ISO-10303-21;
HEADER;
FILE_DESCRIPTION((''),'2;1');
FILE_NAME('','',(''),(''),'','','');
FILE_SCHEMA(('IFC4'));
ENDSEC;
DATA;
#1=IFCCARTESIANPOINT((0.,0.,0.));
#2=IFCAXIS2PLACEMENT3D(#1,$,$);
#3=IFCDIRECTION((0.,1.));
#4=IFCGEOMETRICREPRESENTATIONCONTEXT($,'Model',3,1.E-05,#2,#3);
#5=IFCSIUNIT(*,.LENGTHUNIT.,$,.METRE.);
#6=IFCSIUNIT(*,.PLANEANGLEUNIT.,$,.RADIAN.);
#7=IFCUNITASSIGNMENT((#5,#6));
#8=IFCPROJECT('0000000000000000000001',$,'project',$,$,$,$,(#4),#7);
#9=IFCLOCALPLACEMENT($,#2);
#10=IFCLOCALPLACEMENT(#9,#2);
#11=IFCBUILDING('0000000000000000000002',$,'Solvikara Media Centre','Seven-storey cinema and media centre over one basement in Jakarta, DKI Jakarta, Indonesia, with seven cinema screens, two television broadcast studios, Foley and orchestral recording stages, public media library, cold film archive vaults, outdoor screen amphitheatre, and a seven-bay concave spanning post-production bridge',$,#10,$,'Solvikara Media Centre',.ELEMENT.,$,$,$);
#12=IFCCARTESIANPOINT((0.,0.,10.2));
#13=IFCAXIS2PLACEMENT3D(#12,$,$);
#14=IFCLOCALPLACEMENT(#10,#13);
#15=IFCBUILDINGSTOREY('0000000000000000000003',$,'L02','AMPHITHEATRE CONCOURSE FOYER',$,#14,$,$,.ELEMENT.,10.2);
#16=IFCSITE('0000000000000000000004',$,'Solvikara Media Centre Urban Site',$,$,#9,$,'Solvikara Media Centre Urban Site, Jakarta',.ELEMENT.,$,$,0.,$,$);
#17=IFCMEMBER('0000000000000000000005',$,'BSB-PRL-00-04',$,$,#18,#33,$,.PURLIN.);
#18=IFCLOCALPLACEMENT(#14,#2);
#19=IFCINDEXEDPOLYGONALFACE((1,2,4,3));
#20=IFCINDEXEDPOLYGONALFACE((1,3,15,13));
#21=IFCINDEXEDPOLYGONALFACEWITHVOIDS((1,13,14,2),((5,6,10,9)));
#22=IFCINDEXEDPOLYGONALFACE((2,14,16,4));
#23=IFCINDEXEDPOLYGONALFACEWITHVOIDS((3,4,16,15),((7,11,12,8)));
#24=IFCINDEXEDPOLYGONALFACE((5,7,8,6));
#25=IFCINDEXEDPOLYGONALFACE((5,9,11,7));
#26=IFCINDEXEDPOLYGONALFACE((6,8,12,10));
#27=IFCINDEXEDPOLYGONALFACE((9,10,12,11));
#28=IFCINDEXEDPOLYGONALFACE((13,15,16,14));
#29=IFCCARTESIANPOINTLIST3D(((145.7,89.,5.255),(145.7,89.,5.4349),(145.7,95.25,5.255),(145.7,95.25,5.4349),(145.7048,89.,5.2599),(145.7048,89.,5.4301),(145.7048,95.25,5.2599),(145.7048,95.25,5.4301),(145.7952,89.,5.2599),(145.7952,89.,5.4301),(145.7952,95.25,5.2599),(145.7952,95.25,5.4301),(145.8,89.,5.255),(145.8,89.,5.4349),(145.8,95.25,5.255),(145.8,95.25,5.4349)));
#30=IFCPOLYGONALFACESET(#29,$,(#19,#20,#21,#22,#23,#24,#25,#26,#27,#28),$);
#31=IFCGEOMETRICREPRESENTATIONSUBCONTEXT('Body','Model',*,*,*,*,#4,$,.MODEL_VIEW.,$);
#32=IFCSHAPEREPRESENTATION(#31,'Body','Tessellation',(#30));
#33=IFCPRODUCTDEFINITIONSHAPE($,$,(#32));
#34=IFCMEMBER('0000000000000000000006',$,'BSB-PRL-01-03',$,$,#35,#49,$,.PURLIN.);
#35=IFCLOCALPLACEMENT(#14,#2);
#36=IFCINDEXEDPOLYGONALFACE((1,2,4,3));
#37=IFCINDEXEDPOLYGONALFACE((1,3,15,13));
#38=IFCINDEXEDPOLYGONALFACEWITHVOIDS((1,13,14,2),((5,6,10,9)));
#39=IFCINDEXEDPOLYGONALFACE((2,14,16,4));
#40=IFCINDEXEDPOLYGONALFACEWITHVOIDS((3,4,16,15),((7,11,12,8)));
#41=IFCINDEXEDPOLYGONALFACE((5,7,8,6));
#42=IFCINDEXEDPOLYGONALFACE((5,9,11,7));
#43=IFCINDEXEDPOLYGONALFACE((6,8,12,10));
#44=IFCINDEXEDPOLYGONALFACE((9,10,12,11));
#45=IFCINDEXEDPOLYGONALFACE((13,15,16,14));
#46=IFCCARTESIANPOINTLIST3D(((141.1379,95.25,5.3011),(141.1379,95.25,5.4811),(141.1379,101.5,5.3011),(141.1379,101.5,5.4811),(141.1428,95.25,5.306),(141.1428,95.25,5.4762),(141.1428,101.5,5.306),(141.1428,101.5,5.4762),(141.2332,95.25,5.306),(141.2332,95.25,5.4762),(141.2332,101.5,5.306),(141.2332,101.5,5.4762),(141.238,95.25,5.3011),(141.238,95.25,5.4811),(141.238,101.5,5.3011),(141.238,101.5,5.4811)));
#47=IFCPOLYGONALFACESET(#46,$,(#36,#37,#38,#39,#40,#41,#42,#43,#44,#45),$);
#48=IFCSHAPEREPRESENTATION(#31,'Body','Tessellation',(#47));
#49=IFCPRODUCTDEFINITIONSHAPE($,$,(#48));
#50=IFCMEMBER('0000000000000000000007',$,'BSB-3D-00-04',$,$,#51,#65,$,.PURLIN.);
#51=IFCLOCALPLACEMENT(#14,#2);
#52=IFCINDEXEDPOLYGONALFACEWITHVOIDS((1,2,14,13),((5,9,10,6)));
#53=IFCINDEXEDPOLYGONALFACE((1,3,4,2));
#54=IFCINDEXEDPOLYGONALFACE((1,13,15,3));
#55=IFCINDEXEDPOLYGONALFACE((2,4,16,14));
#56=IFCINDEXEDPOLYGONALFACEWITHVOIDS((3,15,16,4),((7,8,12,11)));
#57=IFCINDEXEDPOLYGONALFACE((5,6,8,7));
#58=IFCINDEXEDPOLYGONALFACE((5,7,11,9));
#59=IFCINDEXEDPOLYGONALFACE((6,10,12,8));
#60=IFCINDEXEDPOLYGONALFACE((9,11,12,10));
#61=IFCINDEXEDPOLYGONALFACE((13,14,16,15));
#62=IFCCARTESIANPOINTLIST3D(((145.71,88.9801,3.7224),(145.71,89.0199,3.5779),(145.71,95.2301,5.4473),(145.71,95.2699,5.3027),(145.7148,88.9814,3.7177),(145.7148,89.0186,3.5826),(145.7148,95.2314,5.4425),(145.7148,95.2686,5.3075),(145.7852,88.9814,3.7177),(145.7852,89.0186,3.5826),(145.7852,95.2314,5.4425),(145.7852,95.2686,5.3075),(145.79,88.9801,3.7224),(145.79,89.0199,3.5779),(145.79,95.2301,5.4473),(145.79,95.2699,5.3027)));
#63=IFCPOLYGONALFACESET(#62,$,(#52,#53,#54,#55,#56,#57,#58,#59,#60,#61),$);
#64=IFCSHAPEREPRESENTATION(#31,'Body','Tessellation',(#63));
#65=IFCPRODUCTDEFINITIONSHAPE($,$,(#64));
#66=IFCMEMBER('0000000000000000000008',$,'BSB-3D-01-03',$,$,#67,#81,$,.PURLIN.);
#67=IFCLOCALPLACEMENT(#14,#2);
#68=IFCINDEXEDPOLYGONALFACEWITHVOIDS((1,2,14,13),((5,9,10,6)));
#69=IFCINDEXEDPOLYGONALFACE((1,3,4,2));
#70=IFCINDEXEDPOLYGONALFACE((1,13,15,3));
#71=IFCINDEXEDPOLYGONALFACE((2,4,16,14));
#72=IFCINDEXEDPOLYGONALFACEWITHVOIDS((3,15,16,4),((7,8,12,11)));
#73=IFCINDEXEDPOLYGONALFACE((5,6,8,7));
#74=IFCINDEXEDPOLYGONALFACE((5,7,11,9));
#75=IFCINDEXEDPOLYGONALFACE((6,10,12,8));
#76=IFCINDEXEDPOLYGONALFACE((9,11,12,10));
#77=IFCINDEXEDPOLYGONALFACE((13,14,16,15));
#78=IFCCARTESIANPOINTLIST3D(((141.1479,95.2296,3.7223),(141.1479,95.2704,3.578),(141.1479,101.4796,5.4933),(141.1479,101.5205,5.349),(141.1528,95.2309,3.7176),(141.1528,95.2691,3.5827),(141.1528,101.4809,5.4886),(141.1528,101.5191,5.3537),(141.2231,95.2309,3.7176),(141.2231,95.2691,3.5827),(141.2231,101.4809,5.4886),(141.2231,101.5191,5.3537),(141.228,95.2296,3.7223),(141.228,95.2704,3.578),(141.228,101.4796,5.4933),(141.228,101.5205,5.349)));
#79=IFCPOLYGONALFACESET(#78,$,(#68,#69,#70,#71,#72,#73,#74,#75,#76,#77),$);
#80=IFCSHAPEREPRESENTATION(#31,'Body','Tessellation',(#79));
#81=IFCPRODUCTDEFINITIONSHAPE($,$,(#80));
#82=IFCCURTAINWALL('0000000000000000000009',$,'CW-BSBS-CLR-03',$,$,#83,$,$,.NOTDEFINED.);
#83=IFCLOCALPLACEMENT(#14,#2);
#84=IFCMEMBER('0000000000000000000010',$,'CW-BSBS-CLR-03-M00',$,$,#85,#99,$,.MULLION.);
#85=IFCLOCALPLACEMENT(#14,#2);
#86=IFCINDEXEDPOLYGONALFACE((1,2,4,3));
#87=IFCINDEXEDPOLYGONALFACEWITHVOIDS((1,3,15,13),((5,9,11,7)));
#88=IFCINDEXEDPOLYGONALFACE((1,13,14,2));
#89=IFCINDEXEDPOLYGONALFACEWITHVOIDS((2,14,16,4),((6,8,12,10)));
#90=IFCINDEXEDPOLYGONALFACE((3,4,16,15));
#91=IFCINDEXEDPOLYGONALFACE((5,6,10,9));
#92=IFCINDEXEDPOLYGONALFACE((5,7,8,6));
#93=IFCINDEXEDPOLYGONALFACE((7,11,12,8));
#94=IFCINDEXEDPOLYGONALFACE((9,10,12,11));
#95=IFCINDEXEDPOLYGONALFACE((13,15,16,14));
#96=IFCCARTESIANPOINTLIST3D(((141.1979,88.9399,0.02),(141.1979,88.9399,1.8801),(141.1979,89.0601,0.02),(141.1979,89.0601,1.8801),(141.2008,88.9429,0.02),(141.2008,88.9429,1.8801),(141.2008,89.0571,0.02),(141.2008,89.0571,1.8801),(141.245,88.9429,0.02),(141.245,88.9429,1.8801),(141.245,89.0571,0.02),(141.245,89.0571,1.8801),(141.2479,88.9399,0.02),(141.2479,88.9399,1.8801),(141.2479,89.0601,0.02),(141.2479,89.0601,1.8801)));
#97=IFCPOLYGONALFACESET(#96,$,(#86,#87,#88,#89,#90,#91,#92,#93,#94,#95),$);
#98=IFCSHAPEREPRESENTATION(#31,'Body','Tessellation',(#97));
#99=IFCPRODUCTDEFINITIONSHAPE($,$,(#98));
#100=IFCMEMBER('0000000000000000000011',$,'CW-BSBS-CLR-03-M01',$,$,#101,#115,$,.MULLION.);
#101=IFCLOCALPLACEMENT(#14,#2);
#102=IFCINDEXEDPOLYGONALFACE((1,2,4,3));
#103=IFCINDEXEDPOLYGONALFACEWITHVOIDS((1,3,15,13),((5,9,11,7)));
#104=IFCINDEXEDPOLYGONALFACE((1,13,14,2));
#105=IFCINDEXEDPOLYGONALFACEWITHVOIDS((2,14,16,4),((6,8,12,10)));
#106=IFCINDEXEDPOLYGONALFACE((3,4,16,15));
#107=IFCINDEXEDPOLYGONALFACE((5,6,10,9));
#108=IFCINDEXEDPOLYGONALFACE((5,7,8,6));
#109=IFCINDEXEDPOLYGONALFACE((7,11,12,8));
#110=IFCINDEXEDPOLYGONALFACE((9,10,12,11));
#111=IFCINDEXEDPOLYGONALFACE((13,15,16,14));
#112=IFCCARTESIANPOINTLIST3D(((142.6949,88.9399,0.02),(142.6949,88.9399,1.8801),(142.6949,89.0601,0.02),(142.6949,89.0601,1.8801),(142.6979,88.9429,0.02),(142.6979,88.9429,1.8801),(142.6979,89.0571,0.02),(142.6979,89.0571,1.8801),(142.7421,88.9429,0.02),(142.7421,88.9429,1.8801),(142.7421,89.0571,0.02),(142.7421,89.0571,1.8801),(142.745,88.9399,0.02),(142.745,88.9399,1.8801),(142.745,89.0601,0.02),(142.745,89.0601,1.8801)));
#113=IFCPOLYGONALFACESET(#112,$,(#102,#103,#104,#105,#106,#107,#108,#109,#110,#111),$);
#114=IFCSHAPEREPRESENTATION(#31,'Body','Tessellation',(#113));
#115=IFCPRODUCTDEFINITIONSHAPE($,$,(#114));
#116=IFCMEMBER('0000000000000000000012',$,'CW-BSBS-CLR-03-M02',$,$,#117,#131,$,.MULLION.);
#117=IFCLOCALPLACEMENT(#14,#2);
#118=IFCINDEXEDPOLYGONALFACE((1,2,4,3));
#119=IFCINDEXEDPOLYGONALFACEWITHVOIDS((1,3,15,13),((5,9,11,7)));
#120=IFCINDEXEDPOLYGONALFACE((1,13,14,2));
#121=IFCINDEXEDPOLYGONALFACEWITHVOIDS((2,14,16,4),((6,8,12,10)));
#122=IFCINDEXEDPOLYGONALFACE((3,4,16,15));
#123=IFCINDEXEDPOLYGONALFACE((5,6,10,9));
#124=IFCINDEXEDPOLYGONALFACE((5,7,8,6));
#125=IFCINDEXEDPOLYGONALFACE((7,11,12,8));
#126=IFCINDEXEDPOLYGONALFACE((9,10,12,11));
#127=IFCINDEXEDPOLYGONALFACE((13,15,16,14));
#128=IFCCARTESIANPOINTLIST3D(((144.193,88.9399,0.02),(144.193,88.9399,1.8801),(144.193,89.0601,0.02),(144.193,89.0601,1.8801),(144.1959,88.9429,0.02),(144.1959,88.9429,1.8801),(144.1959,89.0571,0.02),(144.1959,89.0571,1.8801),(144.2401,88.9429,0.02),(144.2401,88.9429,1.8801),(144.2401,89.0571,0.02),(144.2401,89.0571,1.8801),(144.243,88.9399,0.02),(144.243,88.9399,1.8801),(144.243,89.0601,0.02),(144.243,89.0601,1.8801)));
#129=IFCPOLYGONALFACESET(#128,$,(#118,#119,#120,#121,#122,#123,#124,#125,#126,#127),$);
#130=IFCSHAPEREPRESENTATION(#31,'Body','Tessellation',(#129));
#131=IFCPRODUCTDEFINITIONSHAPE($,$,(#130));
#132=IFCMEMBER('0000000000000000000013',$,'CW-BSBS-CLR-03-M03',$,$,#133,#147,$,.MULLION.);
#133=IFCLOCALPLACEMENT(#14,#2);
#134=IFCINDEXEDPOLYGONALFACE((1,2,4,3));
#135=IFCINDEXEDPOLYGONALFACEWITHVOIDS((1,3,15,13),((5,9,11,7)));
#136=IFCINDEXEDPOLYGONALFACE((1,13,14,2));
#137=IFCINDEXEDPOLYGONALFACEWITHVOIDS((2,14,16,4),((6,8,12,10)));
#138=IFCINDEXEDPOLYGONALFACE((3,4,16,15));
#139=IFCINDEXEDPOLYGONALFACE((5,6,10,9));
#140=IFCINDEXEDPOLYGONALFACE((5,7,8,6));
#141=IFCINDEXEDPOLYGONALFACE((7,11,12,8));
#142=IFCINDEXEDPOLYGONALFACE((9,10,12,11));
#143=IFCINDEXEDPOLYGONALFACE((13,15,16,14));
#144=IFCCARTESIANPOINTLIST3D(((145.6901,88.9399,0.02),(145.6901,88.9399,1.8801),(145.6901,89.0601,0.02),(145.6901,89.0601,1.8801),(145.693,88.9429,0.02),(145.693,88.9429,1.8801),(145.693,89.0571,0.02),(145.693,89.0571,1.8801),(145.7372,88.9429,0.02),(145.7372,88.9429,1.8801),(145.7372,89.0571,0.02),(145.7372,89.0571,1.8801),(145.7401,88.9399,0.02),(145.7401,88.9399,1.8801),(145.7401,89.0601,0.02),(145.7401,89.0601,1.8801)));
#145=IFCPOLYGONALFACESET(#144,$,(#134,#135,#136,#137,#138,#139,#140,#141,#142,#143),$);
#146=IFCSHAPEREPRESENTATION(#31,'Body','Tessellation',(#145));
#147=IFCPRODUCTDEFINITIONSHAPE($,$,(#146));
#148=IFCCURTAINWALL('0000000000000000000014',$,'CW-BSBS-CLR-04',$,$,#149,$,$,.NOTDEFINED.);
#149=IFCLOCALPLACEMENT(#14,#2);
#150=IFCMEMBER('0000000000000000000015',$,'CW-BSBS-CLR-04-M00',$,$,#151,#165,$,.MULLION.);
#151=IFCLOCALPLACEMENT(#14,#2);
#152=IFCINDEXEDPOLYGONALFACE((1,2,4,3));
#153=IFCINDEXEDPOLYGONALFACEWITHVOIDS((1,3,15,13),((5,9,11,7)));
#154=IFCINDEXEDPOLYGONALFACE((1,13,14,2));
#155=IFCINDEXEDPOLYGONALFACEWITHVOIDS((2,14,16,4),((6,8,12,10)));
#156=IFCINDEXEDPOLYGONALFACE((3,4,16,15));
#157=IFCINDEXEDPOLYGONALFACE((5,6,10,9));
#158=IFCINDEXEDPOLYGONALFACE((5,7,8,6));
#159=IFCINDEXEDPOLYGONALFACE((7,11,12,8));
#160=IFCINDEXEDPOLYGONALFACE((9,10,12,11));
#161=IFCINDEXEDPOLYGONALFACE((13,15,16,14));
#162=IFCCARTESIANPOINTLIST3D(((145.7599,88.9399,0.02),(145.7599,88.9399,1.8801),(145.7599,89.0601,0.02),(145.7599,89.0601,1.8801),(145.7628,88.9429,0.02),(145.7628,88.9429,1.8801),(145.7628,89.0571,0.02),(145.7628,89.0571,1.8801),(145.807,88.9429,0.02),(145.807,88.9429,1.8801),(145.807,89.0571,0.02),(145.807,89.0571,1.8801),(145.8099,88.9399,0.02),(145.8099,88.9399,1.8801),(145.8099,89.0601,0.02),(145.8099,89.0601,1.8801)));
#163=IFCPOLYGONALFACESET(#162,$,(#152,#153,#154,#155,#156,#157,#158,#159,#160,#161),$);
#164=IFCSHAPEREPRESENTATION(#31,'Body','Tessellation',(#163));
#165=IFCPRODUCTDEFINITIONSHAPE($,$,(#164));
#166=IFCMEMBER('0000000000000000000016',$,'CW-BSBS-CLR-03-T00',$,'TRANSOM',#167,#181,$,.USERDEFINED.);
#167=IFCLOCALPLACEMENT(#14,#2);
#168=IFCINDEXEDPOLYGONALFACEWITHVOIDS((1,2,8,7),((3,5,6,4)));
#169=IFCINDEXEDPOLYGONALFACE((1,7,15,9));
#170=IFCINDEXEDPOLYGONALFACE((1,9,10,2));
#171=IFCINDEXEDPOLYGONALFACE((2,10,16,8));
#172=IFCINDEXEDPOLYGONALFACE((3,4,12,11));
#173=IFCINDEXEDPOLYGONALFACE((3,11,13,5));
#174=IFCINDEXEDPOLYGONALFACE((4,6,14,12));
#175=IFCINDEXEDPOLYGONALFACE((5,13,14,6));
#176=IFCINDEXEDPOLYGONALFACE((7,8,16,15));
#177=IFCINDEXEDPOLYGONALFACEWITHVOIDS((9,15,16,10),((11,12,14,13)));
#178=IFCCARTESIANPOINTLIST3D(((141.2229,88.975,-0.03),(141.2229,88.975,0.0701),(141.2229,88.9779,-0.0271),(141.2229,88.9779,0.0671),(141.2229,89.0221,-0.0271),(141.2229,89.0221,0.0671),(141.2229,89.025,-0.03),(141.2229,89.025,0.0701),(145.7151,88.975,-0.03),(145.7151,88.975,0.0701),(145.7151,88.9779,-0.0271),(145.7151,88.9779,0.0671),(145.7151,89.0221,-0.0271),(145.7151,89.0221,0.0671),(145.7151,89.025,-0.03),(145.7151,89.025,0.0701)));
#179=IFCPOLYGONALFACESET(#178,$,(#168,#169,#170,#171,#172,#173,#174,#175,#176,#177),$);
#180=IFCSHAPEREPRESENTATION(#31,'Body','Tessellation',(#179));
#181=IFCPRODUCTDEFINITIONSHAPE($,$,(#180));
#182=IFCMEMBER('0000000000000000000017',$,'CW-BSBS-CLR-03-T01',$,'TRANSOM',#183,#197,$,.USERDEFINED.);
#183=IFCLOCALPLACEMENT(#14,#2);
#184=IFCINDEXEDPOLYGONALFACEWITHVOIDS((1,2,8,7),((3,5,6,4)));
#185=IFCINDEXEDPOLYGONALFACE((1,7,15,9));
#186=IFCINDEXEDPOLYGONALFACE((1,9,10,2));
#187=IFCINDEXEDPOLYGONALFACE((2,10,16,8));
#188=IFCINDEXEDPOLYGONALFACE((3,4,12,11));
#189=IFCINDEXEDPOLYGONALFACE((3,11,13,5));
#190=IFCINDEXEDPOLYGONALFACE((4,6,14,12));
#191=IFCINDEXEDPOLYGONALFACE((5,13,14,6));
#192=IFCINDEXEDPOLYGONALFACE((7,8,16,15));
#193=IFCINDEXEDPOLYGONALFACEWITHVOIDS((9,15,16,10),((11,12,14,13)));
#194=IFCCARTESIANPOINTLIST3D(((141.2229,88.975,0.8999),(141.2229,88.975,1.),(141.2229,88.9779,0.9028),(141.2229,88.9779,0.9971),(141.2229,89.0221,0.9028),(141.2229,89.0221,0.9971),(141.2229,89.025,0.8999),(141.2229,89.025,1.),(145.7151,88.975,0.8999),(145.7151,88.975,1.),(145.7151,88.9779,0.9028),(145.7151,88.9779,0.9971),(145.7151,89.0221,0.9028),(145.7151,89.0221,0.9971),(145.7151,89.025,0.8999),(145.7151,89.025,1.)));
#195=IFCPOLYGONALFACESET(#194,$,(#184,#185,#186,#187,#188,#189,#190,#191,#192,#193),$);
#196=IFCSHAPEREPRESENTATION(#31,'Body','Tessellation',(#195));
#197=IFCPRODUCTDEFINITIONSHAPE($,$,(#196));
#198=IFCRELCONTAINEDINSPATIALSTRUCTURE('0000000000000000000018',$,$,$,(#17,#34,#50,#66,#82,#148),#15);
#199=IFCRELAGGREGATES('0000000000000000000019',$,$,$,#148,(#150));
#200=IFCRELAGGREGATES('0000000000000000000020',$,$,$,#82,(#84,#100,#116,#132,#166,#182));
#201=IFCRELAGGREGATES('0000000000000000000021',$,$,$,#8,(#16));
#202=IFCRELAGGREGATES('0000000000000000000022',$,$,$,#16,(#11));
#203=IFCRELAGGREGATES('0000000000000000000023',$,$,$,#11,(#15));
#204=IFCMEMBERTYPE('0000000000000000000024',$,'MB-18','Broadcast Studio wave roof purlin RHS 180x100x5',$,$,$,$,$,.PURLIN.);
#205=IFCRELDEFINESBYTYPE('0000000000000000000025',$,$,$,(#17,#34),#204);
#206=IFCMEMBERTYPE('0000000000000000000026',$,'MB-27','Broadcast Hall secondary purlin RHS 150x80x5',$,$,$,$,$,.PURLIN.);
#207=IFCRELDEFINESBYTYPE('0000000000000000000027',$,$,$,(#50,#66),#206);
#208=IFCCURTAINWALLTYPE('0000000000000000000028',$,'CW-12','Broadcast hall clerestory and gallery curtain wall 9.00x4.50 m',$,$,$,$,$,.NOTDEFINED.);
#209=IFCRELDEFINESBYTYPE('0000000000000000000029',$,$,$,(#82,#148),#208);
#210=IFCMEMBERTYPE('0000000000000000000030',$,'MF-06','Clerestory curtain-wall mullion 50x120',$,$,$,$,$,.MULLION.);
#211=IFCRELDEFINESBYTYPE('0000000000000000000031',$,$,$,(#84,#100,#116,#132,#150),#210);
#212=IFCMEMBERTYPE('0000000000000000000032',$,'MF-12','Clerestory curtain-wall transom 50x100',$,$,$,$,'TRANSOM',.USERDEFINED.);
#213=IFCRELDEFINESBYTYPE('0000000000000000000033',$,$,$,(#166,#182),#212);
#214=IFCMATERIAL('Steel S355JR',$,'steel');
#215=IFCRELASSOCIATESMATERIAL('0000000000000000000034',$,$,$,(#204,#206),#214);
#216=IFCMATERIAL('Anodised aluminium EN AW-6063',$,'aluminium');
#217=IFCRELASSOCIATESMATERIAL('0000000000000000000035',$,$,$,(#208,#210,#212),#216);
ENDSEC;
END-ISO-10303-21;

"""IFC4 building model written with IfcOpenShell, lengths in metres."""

from ifc_helpers import new_model, si_unit, direction, frame, origin, origin_2d, place, context, subcontext, project, spatial, hollow_rectangle, extrude, material, material_profile, profile_set, type_object, element, aggregate, save


model = new_model("IFC4")

# Units and contexts
model_context = context("Model", 3, precision=1e-05, world=origin(), true_north=direction((0.0, 1.0)))
body_context = subcontext(model_context, "Body", "Model", "MODEL_VIEW")
ifc_project = project(units=[si_unit("LENGTHUNIT", "METRE"), si_unit("PLANEANGLEUNIT", "RADIAN")], contexts=[model_context])

# Site, building, storey
site_placement = place(None, origin())
site = spatial("IfcSite", under=ifc_project, at=site_placement, Name="Solvikara Media Centre Urban Site", LongName="Solvikara Media Centre Urban Site, Jakarta", CompositionType="ELEMENT", RefElevation=0.0)
building_placement = place(site_placement, origin())
building = spatial("IfcBuilding", under=site, at=building_placement, Name="Solvikara Media Centre", Description="Seven-storey cinema and media centre over one basement in Jakarta, DKI Jakarta, Indonesia, with seven cinema screens, two television broadcast studios, Foley and orchestral recording stages, public media library, cold film archive vaults, outdoor screen amphitheatre, and a seven-bay concave spanning post-production bridge", LongName="Solvikara Media Centre", CompositionType="ELEMENT")
storey_placement = place(building_placement, frame((0.0, 0.0, 10.2)))
storey = spatial("IfcBuildingStorey", under=building, at=storey_placement, Name="L02", Description="AMPHITHEATRE CONCOURSE FOYER", CompositionType="ELEMENT", Elevation=10.2)

# Shared definitions
ifc_material_1 = material(Name="Steel S355JR", Category="steel")

# Members
ifc_material_profile_1 = material_profile(ifc_material_1, hollow_rectangle(XDim=0.1001, YDim=0.1799, WallThickness=0.0049, at=origin_2d()), Name="RHS 180x100x5")
ifc_profile_set_1 = profile_set([ifc_material_profile_1], Name="Steel S355JR")
member_type_1 = type_object("IfcMemberType", Name="MB-18", Description="Broadcast Studio wave roof purlin RHS 180x100x5", PredefinedType="PURLIN", material=ifc_profile_set_1)
for number, where, z_axis, x_axis, name in (
    (1, (145.75, 89.0, 5.345), (0.0, 1.0, 0.0), (-1.0, 0.0, 0.0), "BSB-PRL-00-04"),
    (2, (141.188, 95.25, 5.3911), (0.0, 1.0, 0.0), (-1.0, 0.0, 0.0), "BSB-PRL-01-03"),
):
    element("IfcMember", number, at=place(storey_placement, frame(where, z_axis=z_axis, x_axis=x_axis)), inside=storey, type_object=member_type_1, Name=name, PredefinedType="PURLIN", context=body_context, shape_type="SweptSolid", body=[
        extrude(hollow_rectangle(XDim=0.1001, YDim=0.1799, WallThickness=0.0049, at=origin_2d()), origin(), (0.0, 0.0, 1.0), 6.25),
    ])
ifc_material_profile_2 = material_profile(ifc_material_1, hollow_rectangle(XDim=0.0801, YDim=0.1499, WallThickness=0.0049, at=origin_2d()), Name="RHS 150x80x5")
ifc_profile_set_2 = profile_set([ifc_material_profile_2], Name="Steel S355JR")
member_type_2 = type_object("IfcMemberType", Name="MB-27", Description="Broadcast Hall secondary purlin RHS 150x80x5", PredefinedType="PURLIN", material=ifc_profile_set_2)
member_1_placement = place(storey_placement, frame((145.75, 89.0, 3.6501), z_axis=(0.0, 0.963964, 0.266032), x_axis=(-1.0, 0.0, 0.0)))
element("IfcMember", 3, at=member_1_placement, inside=storey, type_object=member_type_2, Name="BSB-3D-00-04", PredefinedType="PURLIN", context=body_context, shape_type="SweptSolid", body=[
    extrude(hollow_rectangle(XDim=0.0801, YDim=0.1499, WallThickness=0.0049, at=origin_2d()), origin(), (0.0, 0.0, 1.0), 6.4836),
])
member_2_placement = place(storey_placement, frame((141.188, 95.25, 3.6501), z_axis=(0.0, 0.96212, 0.272626), x_axis=(-1.0, 0.0, 0.0)))
element("IfcMember", 4, at=member_2_placement, inside=storey, type_object=member_type_2, Name="BSB-3D-01-03", PredefinedType="PURLIN", context=body_context, shape_type="SweptSolid", body=[
    extrude(hollow_rectangle(XDim=0.0801, YDim=0.1499, WallThickness=0.0049, at=origin_2d()), origin(), (0.0, 0.0, 1.0), 6.4961),
])

# Curtain wall, members
ifc_material_2 = material(Name="Anodised aluminium EN AW-6063", Category="aluminium")
curtain_wall_type = type_object("IfcCurtainWallType", Name="CW-12", Description="Broadcast hall clerestory and gallery curtain wall 9.00x4.50 m", PredefinedType="NOTDEFINED", material=ifc_material_2)
curtain_wall_1_placement = place(storey_placement, origin())
curtain_wall_1 = element("IfcCurtainWall", 5, at=curtain_wall_1_placement, inside=storey, type_object=curtain_wall_type, Name="CW-BSBS-CLR-03", PredefinedType="NOTDEFINED")
ifc_material_profile_3 = material_profile(ifc_material_2, hollow_rectangle(XDim=0.05, YDim=0.1201, WallThickness=0.0029, at=origin_2d()), Name="ALU-M 50x120x3")
ifc_profile_set_3 = profile_set([ifc_material_profile_3], Name="Anodised aluminium EN AW-6063")
member_type_3 = type_object("IfcMemberType", Name="MF-06", Description="Clerestory curtain-wall mullion 50x120", PredefinedType="MULLION", material=ifc_profile_set_3)
member_3_placement = place(storey_placement, frame((141.2229, 89.0, 0.02), z_axis=(0.0, 0.0, 1.0), x_axis=(1.0, 0.0, 0.0)))
member_3 = element("IfcMember", 6, at=member_3_placement, type_object=member_type_3, Name="CW-BSBS-CLR-03-M00", PredefinedType="MULLION", context=body_context, shape_type="SweptSolid", body=[
    extrude(hollow_rectangle(XDim=0.05, YDim=0.1201, WallThickness=0.0029, at=origin_2d()), origin(), (0.0, 0.0, 1.0), 1.8601),
])
member_4_placement = place(storey_placement, frame((142.72, 89.0, 0.02), z_axis=(0.0, 0.0, 1.0), x_axis=(1.0, 0.0, 0.0)))
member_4 = element("IfcMember", 7, at=member_4_placement, type_object=member_type_3, Name="CW-BSBS-CLR-03-M01", PredefinedType="MULLION", context=body_context, shape_type="SweptSolid", body=[
    extrude(hollow_rectangle(XDim=0.05, YDim=0.1201, WallThickness=0.0029, at=origin_2d()), origin(), (0.0, 0.0, 1.0), 1.8601),
])
member_5_placement = place(storey_placement, frame((144.218, 89.0, 0.02), z_axis=(0.0, 0.0, 1.0), x_axis=(1.0, 0.0, 0.0)))
member_5 = element("IfcMember", 8, at=member_5_placement, type_object=member_type_3, Name="CW-BSBS-CLR-03-M02", PredefinedType="MULLION", context=body_context, shape_type="SweptSolid", body=[
    extrude(hollow_rectangle(XDim=0.05, YDim=0.1201, WallThickness=0.0029, at=origin_2d()), origin(), (0.0, 0.0, 1.0), 1.8601),
])
member_6_placement = place(storey_placement, frame((145.7151, 89.0, 0.02), z_axis=(0.0, 0.0, 1.0), x_axis=(1.0, 0.0, 0.0)))
member_6 = element("IfcMember", 9, at=member_6_placement, type_object=member_type_3, Name="CW-BSBS-CLR-03-M03", PredefinedType="MULLION", context=body_context, shape_type="SweptSolid", body=[
    extrude(hollow_rectangle(XDim=0.05, YDim=0.1201, WallThickness=0.0029, at=origin_2d()), origin(), (0.0, 0.0, 1.0), 1.8601),
])

# Curtain wall, member
curtain_wall_2_placement = place(storey_placement, origin())
curtain_wall_2 = element("IfcCurtainWall", 10, at=curtain_wall_2_placement, inside=storey, type_object=curtain_wall_type, Name="CW-BSBS-CLR-04", PredefinedType="NOTDEFINED")
member_7_placement = place(storey_placement, frame((145.7849, 89.0, 0.02), z_axis=(0.0, 0.0, 1.0), x_axis=(1.0, 0.0, 0.0)))
member_7 = element("IfcMember", 11, at=member_7_placement, type_object=member_type_3, Name="CW-BSBS-CLR-04-M00", PredefinedType="MULLION", context=body_context, shape_type="SweptSolid", body=[
    extrude(hollow_rectangle(XDim=0.05, YDim=0.1201, WallThickness=0.0029, at=origin_2d()), origin(), (0.0, 0.0, 1.0), 1.8601),
])

# Members
ifc_material_profile_4 = material_profile(ifc_material_2, hollow_rectangle(XDim=0.05, YDim=0.1001, WallThickness=0.0029, at=origin_2d()), Name="ALU-T 50x100x3")
ifc_profile_set_4 = profile_set([ifc_material_profile_4], Name="Anodised aluminium EN AW-6063")
member_type_4 = type_object("IfcMemberType", Name="MF-12", Description="Clerestory curtain-wall transom 50x100", ElementType="TRANSOM", PredefinedType="USERDEFINED", material=ifc_profile_set_4)
member_8_placement = place(storey_placement, frame((141.2229, 89.0, 0.02), z_axis=(1.0, 0.0, 0.0), x_axis=(0.0, 1.0, 0.0)))
member_8 = element("IfcMember", 12, at=member_8_placement, type_object=member_type_4, Name="CW-BSBS-CLR-03-T00", ObjectType="TRANSOM", PredefinedType="USERDEFINED", context=body_context, shape_type="SweptSolid", body=[
    extrude(hollow_rectangle(XDim=0.05, YDim=0.1001, WallThickness=0.0029, at=origin_2d()), origin(), (0.0, 0.0, 1.0), 4.4922),
])
member_9_placement = place(storey_placement, frame((141.2229, 89.0, 0.95), z_axis=(1.0, 0.0, 0.0), x_axis=(0.0, 1.0, 0.0)))
member_9 = element("IfcMember", 13, at=member_9_placement, type_object=member_type_4, Name="CW-BSBS-CLR-03-T01", ObjectType="TRANSOM", PredefinedType="USERDEFINED", context=body_context, shape_type="SweptSolid", body=[
    extrude(hollow_rectangle(XDim=0.05, YDim=0.1001, WallThickness=0.0029, at=origin_2d()), origin(), (0.0, 0.0, 1.0), 4.4922),
])
aggregate(curtain_wall_2, [member_7])

aggregate(curtain_wall_1, [member_3, member_4, member_5, member_6, member_8, member_9])

save(model, "model.ifc")
